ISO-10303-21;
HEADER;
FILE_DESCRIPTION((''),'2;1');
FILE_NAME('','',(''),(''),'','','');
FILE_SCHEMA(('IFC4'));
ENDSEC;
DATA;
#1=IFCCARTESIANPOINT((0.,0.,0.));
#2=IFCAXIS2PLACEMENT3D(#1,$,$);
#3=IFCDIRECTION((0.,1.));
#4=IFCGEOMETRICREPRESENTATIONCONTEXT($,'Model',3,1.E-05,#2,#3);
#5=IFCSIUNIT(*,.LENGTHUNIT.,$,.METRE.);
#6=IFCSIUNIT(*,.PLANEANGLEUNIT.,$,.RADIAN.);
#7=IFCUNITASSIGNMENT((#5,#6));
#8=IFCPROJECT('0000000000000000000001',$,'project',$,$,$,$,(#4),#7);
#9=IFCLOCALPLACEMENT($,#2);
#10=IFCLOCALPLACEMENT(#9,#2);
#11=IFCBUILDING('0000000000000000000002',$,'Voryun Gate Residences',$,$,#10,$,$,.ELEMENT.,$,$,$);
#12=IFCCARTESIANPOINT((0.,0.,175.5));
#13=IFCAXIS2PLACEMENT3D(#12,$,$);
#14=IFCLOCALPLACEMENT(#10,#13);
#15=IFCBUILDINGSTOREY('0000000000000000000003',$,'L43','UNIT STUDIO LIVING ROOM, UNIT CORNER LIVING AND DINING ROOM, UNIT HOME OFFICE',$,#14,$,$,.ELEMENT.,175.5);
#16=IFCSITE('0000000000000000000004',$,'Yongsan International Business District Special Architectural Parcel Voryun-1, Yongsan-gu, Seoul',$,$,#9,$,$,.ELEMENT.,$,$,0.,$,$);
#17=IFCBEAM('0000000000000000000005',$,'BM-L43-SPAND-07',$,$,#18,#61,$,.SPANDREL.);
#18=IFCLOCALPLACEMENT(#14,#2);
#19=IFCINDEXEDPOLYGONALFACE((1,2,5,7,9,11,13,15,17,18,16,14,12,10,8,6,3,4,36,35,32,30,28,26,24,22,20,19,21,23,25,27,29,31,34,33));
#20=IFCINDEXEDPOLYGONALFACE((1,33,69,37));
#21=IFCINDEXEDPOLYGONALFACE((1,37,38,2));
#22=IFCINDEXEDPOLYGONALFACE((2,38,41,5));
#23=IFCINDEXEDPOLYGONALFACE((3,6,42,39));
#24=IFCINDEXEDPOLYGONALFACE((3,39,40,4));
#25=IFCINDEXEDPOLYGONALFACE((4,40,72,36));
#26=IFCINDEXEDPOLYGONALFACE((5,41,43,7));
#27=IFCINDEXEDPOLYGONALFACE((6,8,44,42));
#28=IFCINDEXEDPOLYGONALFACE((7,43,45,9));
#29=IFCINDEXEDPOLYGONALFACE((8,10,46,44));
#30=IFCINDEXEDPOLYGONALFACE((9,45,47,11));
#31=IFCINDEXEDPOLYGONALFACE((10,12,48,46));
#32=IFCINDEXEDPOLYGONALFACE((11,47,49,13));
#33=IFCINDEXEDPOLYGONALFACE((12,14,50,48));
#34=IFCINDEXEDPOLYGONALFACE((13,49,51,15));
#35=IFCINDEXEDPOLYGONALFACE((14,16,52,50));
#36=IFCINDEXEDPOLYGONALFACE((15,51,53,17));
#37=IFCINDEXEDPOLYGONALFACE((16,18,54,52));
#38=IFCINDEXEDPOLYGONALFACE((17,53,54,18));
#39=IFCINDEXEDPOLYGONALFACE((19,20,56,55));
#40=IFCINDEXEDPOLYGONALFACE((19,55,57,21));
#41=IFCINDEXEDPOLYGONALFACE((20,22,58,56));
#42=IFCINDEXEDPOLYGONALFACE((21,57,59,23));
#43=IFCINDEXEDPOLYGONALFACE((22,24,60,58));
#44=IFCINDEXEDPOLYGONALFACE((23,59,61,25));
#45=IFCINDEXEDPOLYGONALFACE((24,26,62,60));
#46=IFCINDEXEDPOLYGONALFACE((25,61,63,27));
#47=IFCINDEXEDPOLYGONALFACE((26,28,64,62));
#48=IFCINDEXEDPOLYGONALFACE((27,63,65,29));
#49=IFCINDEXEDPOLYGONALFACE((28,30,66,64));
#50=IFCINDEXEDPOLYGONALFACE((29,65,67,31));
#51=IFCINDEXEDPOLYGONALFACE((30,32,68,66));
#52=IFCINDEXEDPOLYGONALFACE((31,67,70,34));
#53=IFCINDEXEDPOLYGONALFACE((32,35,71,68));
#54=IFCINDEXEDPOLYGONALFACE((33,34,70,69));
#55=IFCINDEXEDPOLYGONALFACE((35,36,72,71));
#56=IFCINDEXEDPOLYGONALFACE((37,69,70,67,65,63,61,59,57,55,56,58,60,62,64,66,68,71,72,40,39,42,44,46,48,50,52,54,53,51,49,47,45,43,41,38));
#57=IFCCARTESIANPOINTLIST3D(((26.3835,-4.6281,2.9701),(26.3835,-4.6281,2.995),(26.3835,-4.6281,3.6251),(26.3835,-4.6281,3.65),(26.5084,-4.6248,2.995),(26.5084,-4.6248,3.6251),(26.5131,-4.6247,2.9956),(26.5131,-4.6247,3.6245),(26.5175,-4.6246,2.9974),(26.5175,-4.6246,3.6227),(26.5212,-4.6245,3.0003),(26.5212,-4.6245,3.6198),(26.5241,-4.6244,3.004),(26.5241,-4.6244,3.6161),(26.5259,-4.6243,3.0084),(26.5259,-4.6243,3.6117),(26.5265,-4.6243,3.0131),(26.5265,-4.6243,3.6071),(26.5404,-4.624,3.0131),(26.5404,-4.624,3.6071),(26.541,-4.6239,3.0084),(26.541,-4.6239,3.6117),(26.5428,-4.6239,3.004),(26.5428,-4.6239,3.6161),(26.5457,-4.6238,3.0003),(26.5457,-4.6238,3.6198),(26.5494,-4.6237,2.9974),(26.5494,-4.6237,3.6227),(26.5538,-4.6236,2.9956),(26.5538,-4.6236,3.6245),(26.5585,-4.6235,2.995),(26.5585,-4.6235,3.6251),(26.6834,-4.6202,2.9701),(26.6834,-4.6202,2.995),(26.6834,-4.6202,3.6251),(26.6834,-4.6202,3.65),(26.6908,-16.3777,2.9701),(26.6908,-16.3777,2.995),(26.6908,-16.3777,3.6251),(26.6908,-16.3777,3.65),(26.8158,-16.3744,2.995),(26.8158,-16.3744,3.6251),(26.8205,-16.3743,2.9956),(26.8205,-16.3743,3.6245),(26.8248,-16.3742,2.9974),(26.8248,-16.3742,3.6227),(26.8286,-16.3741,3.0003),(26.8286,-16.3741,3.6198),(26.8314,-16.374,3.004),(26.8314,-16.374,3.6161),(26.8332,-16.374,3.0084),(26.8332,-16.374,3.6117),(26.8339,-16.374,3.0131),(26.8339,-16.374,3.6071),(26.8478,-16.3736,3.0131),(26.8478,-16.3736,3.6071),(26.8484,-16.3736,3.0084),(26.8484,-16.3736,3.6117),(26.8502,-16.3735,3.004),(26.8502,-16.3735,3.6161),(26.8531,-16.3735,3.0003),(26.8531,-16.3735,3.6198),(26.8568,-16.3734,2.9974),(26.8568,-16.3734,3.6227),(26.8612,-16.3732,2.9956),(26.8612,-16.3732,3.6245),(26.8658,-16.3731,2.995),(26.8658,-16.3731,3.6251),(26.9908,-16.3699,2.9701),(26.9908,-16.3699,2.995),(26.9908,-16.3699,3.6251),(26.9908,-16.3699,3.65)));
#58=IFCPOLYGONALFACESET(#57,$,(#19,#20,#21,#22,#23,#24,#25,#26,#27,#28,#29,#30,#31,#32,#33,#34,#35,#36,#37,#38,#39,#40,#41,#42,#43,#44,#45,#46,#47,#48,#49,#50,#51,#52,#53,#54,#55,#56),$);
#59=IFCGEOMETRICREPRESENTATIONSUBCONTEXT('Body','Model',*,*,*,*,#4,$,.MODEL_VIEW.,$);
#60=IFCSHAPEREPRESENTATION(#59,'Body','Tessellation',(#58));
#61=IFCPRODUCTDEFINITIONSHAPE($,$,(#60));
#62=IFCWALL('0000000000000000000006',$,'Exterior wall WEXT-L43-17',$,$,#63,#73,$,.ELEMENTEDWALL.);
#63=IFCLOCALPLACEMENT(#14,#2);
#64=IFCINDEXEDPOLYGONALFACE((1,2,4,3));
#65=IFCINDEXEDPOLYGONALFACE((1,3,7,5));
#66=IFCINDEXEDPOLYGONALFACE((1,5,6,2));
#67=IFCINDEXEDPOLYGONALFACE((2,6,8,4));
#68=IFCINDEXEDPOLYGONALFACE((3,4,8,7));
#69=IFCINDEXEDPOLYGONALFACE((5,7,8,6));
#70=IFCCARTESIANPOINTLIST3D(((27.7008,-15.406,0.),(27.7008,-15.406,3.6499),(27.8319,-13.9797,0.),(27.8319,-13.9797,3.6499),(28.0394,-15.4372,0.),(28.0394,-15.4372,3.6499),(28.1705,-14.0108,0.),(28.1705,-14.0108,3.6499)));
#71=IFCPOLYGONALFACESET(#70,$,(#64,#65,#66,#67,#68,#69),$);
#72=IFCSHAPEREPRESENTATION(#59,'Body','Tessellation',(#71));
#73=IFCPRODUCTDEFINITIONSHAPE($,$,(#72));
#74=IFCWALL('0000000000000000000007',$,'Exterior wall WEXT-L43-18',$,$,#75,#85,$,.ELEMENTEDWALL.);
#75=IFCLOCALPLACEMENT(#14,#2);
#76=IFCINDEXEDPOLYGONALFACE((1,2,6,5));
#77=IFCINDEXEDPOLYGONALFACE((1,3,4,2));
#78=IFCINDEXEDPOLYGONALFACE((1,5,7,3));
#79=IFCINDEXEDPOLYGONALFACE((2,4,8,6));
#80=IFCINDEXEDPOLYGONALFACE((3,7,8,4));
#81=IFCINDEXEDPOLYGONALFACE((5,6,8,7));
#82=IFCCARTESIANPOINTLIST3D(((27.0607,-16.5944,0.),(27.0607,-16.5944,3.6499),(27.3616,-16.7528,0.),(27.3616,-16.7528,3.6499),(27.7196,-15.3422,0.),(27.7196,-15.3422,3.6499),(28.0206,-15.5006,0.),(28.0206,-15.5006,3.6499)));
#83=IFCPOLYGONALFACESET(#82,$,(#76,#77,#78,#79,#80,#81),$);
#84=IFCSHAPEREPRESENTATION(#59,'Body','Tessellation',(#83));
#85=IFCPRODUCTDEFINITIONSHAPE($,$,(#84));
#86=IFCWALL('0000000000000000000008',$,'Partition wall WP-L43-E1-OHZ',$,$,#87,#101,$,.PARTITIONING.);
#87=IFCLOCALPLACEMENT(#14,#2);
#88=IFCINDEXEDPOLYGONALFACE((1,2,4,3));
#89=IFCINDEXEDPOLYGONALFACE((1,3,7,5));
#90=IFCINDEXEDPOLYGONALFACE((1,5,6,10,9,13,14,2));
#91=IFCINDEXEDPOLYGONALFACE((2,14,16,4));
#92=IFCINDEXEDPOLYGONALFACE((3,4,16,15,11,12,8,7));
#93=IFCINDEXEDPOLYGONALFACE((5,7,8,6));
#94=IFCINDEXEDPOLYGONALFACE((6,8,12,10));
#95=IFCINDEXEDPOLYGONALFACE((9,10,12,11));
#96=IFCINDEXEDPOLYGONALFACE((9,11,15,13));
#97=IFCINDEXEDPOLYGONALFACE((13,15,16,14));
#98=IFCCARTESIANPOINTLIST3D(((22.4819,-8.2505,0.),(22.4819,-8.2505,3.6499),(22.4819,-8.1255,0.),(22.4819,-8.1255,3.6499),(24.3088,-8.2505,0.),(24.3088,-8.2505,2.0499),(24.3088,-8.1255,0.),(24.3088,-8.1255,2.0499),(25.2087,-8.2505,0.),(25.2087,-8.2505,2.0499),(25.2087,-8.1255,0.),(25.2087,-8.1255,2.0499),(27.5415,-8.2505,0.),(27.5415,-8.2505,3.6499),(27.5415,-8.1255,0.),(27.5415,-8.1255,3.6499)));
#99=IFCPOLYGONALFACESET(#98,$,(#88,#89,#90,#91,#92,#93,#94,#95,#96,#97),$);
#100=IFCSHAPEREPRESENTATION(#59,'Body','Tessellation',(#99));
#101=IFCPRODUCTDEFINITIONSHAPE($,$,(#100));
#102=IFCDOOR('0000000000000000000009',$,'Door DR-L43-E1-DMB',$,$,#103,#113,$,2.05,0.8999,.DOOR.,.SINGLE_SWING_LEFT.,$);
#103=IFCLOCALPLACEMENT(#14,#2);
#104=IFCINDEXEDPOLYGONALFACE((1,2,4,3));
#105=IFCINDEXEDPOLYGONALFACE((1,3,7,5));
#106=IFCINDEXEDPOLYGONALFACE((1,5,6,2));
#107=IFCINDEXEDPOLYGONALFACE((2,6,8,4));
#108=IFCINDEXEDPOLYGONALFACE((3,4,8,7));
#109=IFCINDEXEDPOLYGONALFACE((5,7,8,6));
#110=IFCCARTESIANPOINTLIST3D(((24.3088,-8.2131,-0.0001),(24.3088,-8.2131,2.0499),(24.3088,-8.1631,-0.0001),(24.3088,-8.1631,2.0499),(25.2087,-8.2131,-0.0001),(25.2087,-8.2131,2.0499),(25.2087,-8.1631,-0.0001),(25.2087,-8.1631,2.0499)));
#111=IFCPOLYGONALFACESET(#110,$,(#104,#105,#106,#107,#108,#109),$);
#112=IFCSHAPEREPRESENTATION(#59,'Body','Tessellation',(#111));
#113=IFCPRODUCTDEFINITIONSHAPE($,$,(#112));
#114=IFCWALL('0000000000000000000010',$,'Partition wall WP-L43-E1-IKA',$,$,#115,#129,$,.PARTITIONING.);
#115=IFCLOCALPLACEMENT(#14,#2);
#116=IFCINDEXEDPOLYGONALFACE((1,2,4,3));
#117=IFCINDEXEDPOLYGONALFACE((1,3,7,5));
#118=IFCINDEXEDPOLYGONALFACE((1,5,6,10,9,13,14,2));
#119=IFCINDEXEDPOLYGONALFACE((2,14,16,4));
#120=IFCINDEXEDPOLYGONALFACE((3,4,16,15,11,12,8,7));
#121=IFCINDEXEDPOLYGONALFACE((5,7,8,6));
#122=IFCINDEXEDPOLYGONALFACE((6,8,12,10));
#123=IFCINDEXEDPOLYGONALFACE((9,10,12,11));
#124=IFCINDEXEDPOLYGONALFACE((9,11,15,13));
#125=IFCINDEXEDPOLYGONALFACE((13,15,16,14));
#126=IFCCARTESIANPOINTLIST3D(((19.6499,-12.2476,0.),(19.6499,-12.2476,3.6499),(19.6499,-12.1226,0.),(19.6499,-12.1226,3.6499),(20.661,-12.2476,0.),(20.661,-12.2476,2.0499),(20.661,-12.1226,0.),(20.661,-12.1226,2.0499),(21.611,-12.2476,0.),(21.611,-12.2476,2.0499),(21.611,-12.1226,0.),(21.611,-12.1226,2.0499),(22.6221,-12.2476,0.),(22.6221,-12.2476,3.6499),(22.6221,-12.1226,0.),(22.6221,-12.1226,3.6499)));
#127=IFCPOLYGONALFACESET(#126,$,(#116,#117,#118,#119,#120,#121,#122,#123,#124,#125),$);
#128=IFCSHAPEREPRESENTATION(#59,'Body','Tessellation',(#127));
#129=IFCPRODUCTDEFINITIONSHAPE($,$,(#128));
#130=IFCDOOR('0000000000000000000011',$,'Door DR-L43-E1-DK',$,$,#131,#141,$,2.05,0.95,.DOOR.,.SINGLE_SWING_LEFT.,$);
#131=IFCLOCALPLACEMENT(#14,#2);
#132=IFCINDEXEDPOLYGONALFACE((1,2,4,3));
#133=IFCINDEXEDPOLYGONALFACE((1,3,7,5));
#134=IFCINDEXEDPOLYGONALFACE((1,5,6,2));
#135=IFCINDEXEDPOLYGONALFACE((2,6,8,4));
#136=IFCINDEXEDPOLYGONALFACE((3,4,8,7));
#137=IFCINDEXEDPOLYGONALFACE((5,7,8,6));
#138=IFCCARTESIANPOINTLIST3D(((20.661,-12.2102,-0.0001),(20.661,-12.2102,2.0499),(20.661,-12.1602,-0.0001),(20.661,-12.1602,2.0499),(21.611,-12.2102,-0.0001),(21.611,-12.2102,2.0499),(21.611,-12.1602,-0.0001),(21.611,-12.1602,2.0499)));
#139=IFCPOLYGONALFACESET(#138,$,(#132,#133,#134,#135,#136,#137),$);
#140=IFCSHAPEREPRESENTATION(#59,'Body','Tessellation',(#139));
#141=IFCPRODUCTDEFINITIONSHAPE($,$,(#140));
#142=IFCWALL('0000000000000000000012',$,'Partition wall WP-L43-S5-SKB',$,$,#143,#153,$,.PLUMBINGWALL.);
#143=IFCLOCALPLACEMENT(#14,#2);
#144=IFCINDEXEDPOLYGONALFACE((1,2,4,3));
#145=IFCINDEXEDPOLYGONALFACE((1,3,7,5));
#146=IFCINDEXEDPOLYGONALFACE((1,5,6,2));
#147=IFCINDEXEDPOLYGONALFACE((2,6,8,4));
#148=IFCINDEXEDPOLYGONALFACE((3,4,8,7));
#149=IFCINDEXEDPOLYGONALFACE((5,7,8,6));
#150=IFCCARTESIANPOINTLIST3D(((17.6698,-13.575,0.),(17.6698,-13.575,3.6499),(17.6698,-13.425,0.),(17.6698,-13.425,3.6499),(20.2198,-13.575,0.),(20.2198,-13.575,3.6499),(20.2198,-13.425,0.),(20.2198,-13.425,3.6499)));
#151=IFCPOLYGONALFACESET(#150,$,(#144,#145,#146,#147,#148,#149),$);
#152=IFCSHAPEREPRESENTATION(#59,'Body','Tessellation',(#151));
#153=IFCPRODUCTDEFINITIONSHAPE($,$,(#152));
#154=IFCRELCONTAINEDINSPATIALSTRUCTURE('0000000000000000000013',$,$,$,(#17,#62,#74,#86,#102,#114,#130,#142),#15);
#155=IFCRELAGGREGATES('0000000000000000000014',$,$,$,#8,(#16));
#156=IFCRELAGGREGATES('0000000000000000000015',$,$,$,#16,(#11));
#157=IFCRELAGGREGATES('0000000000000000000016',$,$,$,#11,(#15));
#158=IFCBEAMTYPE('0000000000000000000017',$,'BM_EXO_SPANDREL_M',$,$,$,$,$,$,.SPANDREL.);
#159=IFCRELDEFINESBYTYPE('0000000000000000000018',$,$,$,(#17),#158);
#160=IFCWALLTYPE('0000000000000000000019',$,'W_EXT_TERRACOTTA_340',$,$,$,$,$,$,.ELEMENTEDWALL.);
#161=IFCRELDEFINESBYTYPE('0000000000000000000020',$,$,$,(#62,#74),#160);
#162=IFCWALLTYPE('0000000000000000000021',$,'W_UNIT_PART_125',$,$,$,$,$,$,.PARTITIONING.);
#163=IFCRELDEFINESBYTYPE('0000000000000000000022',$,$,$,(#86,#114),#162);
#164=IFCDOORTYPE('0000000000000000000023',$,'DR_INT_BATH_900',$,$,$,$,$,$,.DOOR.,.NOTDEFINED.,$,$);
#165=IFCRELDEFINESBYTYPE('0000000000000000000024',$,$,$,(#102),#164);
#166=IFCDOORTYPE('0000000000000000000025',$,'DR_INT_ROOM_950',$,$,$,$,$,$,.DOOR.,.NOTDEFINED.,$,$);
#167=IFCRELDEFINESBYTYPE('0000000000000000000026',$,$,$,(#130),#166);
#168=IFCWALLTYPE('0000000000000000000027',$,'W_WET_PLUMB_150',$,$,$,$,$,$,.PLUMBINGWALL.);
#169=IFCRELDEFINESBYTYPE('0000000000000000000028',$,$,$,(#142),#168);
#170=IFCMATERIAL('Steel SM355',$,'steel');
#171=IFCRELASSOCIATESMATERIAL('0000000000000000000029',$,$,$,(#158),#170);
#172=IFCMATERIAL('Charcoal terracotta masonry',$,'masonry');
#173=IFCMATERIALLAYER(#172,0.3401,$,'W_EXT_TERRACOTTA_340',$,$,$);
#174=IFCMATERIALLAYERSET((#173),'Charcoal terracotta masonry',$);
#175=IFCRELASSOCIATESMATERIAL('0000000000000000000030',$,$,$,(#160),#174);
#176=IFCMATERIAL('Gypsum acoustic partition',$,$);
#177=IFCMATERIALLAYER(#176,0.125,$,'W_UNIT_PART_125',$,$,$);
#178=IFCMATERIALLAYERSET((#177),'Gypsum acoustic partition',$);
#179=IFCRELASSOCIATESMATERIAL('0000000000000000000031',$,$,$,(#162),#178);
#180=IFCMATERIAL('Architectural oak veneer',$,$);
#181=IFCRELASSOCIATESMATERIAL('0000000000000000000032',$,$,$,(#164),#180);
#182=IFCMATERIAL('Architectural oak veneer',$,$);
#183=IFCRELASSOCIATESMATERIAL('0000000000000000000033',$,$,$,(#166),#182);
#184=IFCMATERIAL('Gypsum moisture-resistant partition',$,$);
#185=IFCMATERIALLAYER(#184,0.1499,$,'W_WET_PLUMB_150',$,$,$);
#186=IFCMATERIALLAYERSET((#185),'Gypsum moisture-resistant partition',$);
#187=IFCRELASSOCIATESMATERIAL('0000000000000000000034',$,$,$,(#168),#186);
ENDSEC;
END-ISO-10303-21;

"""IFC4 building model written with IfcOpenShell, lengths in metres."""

from ifc_helpers import new_model, si_unit, direction, frame, frame_2d, origin, origin_2d, place, context, subcontext, project, spatial, rectangle, i_section, extrude, material, layer, layer_set, material_profile, profile_set, type_object, element, fill, save


model = new_model("IFC4")

# Units and contexts
model_context = context("Model", 3, precision=1e-05, world=origin(), true_north=direction((0.0, 1.0)))
body_context = subcontext(model_context, "Body", "Model", "MODEL_VIEW")
ifc_project = project(units=[si_unit("LENGTHUNIT", "METRE"), si_unit("PLANEANGLEUNIT", "RADIAN")], contexts=[model_context])

# Site, building, storey
site_placement = place(None, origin())
site = spatial("IfcSite", under=ifc_project, at=site_placement, Name="Yongsan International Business District Special Architectural Parcel Voryun-1, Yongsan-gu, Seoul", CompositionType="ELEMENT", RefElevation=0.0)
building_placement = place(site_placement, origin())
building = spatial("IfcBuilding", under=site, at=building_placement, Name="Voryun Gate Residences", CompositionType="ELEMENT")
storey_placement = place(building_placement, frame((0.0, 0.0, 175.5)))
storey = spatial("IfcBuildingStorey", under=building, at=storey_placement, Name="L43", Description="UNIT STUDIO LIVING ROOM, UNIT CORNER LIVING AND DINING ROOM, UNIT HOME OFFICE", CompositionType="ELEMENT", Elevation=175.5)

# Beam
ifc_material_1 = material(Name="Steel SM355", Category="steel")
ifc_material_profile = material_profile(ifc_material_1, i_section(OverallWidth=0.3, OverallDepth=0.6799, WebThickness=0.0139, FlangeThickness=0.0249, FilletRadius=0.0181, at=origin_2d()), Name="H-680x300x14x25")
ifc_profile_set = profile_set([ifc_material_profile], Name="Steel SM355")
beam_type = type_object("IfcBeamType", Name="BM_EXO_SPANDREL_M", PredefinedType="SPANDREL", material=ifc_profile_set)
beam_placement = place(storey_placement, frame((26.8408, -16.3738, 3.3101), z_axis=(-0.026151, 0.999658, 0.0), x_axis=(-0.999658, -0.026151, 0.0)))
element("IfcBeam", 1, at=beam_placement, inside=storey, type_object=beam_type, Name="BM-L43-SPAND-07", PredefinedType="SPANDREL", context=body_context, shape_type="SweptSolid", body=[
    extrude(i_section(OverallWidth=0.3, OverallDepth=0.6799, WebThickness=0.0139, FlangeThickness=0.0249, FilletRadius=0.0181, at=origin_2d()), origin(), (0.0, 0.0, 1.0), 11.7537),
])

# Walls
ifc_material_2 = material(Name="Charcoal terracotta masonry", Category="masonry")
ifc_layer_1 = layer(ifc_material_2, 0.3401, Name="W_EXT_TERRACOTTA_340")
ifc_layer_set_1 = layer_set([ifc_layer_1], Name="Charcoal terracotta masonry")
wall_type_1 = type_object("IfcWallType", Name="W_EXT_TERRACOTTA_340", PredefinedType="ELEMENTEDWALL", material=ifc_layer_set_1)
wall_1_placement = place(storey_placement, frame((28.0012, -13.9951, 0.0), z_axis=(0.0, 0.0, 1.0), x_axis=(-0.091535, -0.995802, 0.0)))
element("IfcWall", 2, at=wall_1_placement, inside=storey, type_object=wall_type_1, Name="Exterior wall WEXT-L43-17", PredefinedType="ELEMENTEDWALL", context=body_context, shape_type="SweptSolid", body=[
    extrude(rectangle(XDim=1.4324, YDim=0.3401, at=frame_2d((0.7163, 0.0))), origin(), (0.0, 0.0, 1.0), 3.6499),
])
wall_2_placement = place(storey_placement, frame((27.8701, -15.4214, 0.0), z_axis=(0.0, 0.0, 1.0), x_axis=(-0.465682, -0.884952, 0.0)))
element("IfcWall", 3, at=wall_2_placement, inside=storey, type_object=wall_type_1, Name="Exterior wall WEXT-L43-18", PredefinedType="ELEMENTEDWALL", context=body_context, shape_type="SweptSolid", body=[
    extrude(rectangle(XDim=1.415, YDim=0.3401, at=frame_2d((0.7075, 0.0))), origin(), (0.0, 0.0, 1.0), 3.6499),
])

# Walls, openings, doors
ifc_material_3 = material(Name="Gypsum acoustic partition")
ifc_layer_2 = layer(ifc_material_3, 0.125, Name="W_UNIT_PART_125")
ifc_layer_set_2 = layer_set([ifc_layer_2], Name="Gypsum acoustic partition")
wall_type_2 = type_object("IfcWallType", Name="W_UNIT_PART_125", PredefinedType="PARTITIONING", material=ifc_layer_set_2)
wall_3_placement = place(storey_placement, frame((22.4819, -8.188, 0.0), z_axis=(0.0, 0.0, 1.0), x_axis=(1.0, 0.0, 0.0)))
wall_3 = element("IfcWall", 4, at=wall_3_placement, inside=storey, type_object=wall_type_2, Name="Partition wall WP-L43-E1-OHZ", PredefinedType="PARTITIONING", context=body_context, shape_type="SweptSolid", body=[
    extrude(rectangle(XDim=5.0596, YDim=0.125, at=frame_2d((2.5298, 0.0))), origin(), (0.0, 0.0, 1.0), 3.6499),
])
opening_1_placement = place(wall_3_placement, frame((1.8269, 0.0, 0.0)))
opening_1 = element("IfcOpeningElement", 5, at=opening_1_placement, cuts=wall_3, PredefinedType="OPENING", context=body_context, shape_type="SweptSolid", body=[
    extrude(rectangle(XDim=0.8999, YDim=2.05, at=frame_2d((0.45, 1.0249))), frame((0.0, 0.0725, 0.0), z_axis=(0.0, -1.0, 0.0), x_axis=(1.0, 0.0, 0.0)), (0.0, 0.0, 1.0), 0.145),
])
ifc_material_4 = material(Name="Architectural oak veneer")
door_type_1 = type_object("IfcDoorType", Name="DR_INT_BATH_900", OperationType="NOTDEFINED", PredefinedType="DOOR", material=ifc_material_4)
door_1_placement = place(opening_1_placement, origin())
door_1 = element("IfcDoor", 6, at=door_1_placement, inside=storey, type_object=door_type_1, Name="Door DR-L43-E1-DMB", OperationType="SINGLE_SWING_LEFT", OverallHeight=2.05, OverallWidth=0.8999, PredefinedType="DOOR", context=body_context, shape_type="SweptSolid", body=[
    extrude(rectangle(XDim=0.8999, YDim=2.05, at=frame_2d((0.45, 1.0249))), frame((0.0, 0.0249, 0.0), z_axis=(0.0, -1.0, 0.0), x_axis=(1.0, 0.0, 0.0)), (0.0, 0.0, 1.0), 0.05),
])
fill(opening_1, door_1)
wall_4_placement = place(storey_placement, frame((19.6499, -12.1851, 0.0), z_axis=(0.0, 0.0, 1.0), x_axis=(1.0, 0.0, 0.0)))
wall_4 = element("IfcWall", 7, at=wall_4_placement, inside=storey, type_object=wall_type_2, Name="Partition wall WP-L43-E1-IKA", PredefinedType="PARTITIONING", context=body_context, shape_type="SweptSolid", body=[
    extrude(rectangle(XDim=2.9722, YDim=0.125, at=frame_2d((1.4861, 0.0))), origin(), (0.0, 0.0, 1.0), 3.6499),
])
opening_2_placement = place(wall_4_placement, frame((1.011, 0.0, 0.0)))
opening_2 = element("IfcOpeningElement", 8, at=opening_2_placement, cuts=wall_4, PredefinedType="OPENING", context=body_context, shape_type="SweptSolid", body=[
    extrude(rectangle(XDim=0.95, YDim=2.05, at=frame_2d((0.4751, 1.0249))), frame((0.0, 0.0725, 0.0), z_axis=(0.0, -1.0, 0.0), x_axis=(1.0, 0.0, 0.0)), (0.0, 0.0, 1.0), 0.145),
])
ifc_material_5 = material(Name="Architectural oak veneer")
door_type_2 = type_object("IfcDoorType", Name="DR_INT_ROOM_950", OperationType="NOTDEFINED", PredefinedType="DOOR", material=ifc_material_5)
door_2_placement = place(opening_2_placement, origin())
door_2 = element("IfcDoor", 9, at=door_2_placement, inside=storey, type_object=door_type_2, Name="Door DR-L43-E1-DK", OperationType="SINGLE_SWING_LEFT", OverallHeight=2.05, OverallWidth=0.95, PredefinedType="DOOR", context=body_context, shape_type="SweptSolid", body=[
    extrude(rectangle(XDim=0.95, YDim=2.05, at=frame_2d((0.4751, 1.0249))), frame((0.0, 0.0249, 0.0), z_axis=(0.0, -1.0, 0.0), x_axis=(1.0, 0.0, 0.0)), (0.0, 0.0, 1.0), 0.05),
])
fill(opening_2, door_2)

# Wall
ifc_material_6 = material(Name="Gypsum moisture-resistant partition")
ifc_layer_3 = layer(ifc_material_6, 0.1499, Name="W_WET_PLUMB_150")
ifc_layer_set_3 = layer_set([ifc_layer_3], Name="Gypsum moisture-resistant partition")
wall_type_3 = type_object("IfcWallType", Name="W_WET_PLUMB_150", PredefinedType="PLUMBINGWALL", material=ifc_layer_set_3)
wall_5_placement = place(storey_placement, frame((17.6699, -13.5, 0.0), z_axis=(0.0, 0.0, 1.0), x_axis=(1.0, 0.0, 0.0)))
element("IfcWall", 10, at=wall_5_placement, inside=storey, type_object=wall_type_3, Name="Partition wall WP-L43-S5-SKB", PredefinedType="PLUMBINGWALL", context=body_context, shape_type="SweptSolid", body=[
    extrude(rectangle(XDim=2.55, YDim=0.1499, at=frame_2d((1.2749, 0.0))), origin(), (0.0, 0.0, 1.0), 3.6499),
])

save(model, "model.ifc")
